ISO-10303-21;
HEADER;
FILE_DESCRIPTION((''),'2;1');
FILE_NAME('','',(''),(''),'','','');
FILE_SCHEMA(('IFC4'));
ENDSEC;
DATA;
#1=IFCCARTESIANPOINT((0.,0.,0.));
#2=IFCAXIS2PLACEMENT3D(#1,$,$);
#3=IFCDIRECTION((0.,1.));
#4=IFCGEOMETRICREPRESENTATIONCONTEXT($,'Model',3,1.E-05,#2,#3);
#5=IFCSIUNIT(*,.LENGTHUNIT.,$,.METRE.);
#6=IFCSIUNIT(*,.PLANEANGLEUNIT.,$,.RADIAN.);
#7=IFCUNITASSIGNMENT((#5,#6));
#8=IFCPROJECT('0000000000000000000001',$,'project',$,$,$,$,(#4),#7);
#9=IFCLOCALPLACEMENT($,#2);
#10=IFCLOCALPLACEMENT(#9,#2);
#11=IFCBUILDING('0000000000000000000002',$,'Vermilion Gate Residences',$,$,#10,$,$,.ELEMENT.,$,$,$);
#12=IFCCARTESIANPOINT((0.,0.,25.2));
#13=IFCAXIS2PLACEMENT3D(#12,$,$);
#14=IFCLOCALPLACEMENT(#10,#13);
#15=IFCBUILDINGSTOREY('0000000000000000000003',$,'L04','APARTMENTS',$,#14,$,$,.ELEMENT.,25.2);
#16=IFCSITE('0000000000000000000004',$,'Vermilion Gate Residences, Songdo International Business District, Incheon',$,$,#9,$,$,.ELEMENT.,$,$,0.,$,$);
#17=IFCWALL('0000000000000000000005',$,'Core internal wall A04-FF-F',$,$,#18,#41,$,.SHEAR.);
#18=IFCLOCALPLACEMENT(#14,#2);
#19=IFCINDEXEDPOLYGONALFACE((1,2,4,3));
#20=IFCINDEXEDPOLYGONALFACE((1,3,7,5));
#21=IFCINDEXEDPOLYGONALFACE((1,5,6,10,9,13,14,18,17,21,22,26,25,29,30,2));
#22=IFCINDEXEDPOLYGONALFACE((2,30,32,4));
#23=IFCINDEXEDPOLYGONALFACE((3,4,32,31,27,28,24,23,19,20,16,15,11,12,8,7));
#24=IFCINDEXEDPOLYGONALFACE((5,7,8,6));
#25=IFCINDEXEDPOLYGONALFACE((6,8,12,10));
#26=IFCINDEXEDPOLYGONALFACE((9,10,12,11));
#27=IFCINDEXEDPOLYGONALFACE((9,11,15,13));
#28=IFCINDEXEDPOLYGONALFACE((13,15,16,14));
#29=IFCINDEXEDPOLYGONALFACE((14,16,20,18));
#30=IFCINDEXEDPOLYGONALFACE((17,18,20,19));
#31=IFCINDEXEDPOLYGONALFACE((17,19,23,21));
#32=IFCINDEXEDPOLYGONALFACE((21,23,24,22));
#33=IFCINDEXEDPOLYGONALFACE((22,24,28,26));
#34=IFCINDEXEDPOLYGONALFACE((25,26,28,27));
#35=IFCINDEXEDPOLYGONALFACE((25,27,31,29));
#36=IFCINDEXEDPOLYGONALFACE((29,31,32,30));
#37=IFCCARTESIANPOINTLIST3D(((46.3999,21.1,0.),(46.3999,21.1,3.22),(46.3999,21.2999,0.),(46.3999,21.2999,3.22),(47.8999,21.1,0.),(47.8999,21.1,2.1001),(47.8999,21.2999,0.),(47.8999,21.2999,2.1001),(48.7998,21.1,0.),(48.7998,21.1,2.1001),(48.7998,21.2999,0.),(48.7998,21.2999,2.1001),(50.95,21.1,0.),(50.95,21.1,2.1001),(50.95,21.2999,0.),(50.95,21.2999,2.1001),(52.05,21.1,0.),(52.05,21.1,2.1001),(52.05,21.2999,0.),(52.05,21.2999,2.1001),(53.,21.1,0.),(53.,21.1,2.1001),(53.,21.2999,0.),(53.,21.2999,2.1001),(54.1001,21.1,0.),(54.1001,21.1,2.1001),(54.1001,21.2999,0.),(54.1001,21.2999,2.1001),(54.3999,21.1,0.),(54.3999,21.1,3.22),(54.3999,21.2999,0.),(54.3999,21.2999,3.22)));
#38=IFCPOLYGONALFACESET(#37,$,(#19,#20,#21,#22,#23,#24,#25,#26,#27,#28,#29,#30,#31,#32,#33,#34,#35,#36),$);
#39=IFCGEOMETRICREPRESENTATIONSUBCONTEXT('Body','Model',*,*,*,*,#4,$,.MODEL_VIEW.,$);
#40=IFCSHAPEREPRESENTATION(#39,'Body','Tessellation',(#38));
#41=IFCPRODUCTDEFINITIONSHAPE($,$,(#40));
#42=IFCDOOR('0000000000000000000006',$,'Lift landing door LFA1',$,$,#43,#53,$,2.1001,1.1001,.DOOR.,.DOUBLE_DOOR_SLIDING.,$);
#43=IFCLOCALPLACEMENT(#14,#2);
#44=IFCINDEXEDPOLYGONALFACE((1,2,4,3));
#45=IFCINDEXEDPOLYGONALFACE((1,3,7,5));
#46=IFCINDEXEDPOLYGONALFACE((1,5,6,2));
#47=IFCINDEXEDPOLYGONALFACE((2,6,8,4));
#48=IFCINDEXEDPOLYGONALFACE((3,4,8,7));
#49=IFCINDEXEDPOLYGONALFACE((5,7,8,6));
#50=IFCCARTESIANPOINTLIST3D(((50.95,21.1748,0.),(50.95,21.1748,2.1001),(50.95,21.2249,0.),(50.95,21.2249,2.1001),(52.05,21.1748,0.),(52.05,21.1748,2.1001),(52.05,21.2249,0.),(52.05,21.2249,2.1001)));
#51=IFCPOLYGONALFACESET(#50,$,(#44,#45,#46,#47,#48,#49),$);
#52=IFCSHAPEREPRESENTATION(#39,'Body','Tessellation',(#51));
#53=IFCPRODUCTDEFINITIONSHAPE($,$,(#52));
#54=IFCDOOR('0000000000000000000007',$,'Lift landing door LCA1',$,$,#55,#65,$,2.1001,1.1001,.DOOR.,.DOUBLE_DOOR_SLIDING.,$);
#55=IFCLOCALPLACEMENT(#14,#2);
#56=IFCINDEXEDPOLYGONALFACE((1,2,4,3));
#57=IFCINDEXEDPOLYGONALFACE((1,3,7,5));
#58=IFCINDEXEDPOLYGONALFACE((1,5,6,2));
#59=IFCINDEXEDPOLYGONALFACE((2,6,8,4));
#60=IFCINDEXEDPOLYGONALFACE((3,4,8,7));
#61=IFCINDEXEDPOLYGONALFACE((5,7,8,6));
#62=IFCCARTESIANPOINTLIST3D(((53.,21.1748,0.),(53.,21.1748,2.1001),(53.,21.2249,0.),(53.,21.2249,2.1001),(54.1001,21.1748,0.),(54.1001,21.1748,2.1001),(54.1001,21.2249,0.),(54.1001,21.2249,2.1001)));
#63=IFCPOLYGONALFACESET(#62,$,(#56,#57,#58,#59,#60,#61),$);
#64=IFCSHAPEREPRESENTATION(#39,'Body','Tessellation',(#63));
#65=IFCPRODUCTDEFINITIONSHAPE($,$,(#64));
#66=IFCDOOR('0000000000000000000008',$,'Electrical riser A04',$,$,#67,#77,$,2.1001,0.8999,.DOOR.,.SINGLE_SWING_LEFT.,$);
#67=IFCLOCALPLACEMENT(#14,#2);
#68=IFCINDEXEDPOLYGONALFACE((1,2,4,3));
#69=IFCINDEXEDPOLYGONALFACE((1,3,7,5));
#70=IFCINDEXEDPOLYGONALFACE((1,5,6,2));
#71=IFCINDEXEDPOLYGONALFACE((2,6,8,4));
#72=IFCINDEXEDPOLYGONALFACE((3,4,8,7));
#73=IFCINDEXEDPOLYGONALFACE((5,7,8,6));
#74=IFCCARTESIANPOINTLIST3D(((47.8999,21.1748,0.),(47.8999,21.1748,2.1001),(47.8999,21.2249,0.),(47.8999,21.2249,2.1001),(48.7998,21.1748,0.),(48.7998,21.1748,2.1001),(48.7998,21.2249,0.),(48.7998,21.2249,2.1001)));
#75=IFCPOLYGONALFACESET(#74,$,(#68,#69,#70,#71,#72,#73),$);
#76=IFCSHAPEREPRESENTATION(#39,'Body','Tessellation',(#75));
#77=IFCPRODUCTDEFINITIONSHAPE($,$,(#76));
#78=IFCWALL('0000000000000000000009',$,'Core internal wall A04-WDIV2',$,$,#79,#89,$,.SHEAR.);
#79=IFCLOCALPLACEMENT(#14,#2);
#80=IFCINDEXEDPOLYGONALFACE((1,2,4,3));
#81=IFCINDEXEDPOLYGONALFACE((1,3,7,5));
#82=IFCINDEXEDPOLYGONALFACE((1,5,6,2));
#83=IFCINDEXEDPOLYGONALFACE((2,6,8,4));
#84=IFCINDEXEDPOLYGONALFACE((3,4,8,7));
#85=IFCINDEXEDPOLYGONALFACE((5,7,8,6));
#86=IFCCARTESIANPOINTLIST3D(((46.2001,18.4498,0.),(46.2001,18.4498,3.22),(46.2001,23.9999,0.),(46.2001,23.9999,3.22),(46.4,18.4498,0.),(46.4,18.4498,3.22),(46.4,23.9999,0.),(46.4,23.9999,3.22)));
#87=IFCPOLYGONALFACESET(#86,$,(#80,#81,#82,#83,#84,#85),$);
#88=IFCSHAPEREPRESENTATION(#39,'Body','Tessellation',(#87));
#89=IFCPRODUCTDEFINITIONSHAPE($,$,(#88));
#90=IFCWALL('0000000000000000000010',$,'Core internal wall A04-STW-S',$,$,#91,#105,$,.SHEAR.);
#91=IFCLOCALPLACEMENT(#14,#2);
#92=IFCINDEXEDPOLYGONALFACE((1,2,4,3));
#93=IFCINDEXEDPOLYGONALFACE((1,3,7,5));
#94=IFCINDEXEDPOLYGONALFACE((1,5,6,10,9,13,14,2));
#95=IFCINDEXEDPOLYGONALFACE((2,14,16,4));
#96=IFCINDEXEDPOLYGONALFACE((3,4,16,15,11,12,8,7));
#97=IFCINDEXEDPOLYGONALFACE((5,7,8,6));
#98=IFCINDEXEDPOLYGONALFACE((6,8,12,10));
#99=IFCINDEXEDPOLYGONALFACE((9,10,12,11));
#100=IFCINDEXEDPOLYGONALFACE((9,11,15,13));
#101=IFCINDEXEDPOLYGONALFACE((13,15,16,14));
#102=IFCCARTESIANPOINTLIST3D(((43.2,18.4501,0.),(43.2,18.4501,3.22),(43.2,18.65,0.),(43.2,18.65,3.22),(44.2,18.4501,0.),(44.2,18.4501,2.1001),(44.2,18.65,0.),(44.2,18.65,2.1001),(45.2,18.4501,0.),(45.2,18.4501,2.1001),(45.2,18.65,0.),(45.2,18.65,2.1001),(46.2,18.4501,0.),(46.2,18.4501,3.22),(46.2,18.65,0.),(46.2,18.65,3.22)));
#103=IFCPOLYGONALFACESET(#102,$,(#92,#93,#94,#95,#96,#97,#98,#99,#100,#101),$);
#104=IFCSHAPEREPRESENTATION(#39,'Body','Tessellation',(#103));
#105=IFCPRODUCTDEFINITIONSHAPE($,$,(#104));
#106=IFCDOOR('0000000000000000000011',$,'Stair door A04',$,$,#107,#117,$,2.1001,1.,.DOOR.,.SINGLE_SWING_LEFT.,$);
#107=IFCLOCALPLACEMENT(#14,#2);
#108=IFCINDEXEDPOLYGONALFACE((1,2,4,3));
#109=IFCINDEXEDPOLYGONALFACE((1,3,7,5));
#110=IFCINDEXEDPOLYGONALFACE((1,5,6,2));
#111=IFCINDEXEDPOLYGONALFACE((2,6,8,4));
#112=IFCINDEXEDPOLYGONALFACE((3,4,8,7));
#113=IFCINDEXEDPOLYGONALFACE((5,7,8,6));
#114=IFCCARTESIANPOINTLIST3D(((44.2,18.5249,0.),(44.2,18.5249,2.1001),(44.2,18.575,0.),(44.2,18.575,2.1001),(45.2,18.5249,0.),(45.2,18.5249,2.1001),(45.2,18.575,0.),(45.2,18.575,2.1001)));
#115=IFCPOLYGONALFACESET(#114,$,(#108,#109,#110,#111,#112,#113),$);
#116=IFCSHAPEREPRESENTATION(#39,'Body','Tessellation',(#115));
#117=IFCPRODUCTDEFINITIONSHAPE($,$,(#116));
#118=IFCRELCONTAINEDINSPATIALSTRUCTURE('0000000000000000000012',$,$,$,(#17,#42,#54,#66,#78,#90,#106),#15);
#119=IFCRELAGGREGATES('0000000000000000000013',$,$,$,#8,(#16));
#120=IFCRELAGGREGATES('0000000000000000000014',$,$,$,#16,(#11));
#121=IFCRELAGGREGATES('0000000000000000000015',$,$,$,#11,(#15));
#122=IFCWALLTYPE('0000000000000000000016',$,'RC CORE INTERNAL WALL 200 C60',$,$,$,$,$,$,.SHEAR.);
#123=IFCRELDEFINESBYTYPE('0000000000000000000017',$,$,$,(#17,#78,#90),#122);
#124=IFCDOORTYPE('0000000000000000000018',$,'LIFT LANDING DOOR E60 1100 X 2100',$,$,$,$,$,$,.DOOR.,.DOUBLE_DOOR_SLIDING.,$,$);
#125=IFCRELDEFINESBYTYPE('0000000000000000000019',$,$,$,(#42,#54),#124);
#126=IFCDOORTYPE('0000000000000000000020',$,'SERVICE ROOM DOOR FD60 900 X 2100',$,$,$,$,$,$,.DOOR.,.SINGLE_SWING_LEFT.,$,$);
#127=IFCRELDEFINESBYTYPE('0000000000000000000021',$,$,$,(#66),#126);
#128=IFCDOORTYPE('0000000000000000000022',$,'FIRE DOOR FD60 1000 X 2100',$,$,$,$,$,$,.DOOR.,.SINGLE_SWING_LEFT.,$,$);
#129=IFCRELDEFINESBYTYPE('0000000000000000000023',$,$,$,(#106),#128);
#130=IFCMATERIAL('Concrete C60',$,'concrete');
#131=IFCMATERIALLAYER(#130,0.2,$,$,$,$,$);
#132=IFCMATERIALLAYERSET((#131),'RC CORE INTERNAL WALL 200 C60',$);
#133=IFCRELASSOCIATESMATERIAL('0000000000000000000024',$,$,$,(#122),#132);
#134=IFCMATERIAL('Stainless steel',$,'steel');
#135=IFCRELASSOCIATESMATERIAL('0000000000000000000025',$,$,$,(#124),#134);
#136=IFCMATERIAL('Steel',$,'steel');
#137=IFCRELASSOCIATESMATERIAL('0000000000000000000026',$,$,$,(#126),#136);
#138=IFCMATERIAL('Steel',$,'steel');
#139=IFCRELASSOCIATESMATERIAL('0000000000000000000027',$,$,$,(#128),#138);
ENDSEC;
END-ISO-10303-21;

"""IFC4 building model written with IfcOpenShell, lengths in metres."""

from ifc_helpers import new_model, si_unit, direction, frame, frame_2d, origin, place, context, subcontext, project, spatial, rectangle, extrude, material, layer, layer_set, type_object, element, fill, save


model = new_model("IFC4")

# Units and contexts
model_context = context("Model", 3, precision=1e-05, world=origin(), true_north=direction((0.0, 1.0)))
body_context = subcontext(model_context, "Body", "Model", "MODEL_VIEW")
ifc_project = project(units=[si_unit("LENGTHUNIT", "METRE"), si_unit("PLANEANGLEUNIT", "RADIAN")], contexts=[model_context])

# Site, building, storey
site_placement = place(None, origin())
site = spatial("IfcSite", under=ifc_project, at=site_placement, Name="Vermilion Gate Residences, Songdo International Business District, Incheon", CompositionType="ELEMENT", RefElevation=0.0)
building_placement = place(site_placement, origin())
building = spatial("IfcBuilding", under=site, at=building_placement, Name="Vermilion Gate Residences", CompositionType="ELEMENT")
storey_placement = place(building_placement, frame((0.0, 0.0, 25.2)))
storey = spatial("IfcBuildingStorey", under=building, at=storey_placement, Name="L04", Description="APARTMENTS", CompositionType="ELEMENT", Elevation=25.2)

# Shared definitions
ifc_material_1 = material(Name="Concrete C60", Category="concrete")
ifc_layer_1 = layer(ifc_material_1, 0.2)
ifc_layer_set_1 = layer_set([ifc_layer_1], Name="RC CORE INTERNAL WALL 200 C60")
wall_type_1 = type_object("IfcWallType", Name="RC CORE INTERNAL WALL 200 C60", PredefinedType="SHEAR", material=ifc_layer_set_1)

# Wall, openings, doors
wall_1_placement = place(storey_placement, frame((46.3999, 21.2, 0.0), z_axis=(0.0, 0.0, 1.0), x_axis=(1.0, 0.0, 0.0)))
wall_1 = element("IfcWall", 1, at=wall_1_placement, inside=storey, type_object=wall_type_1, Name="Core internal wall A04-FF-F", PredefinedType="SHEAR", context=body_context, shape_type="SweptSolid", body=[
    extrude(rectangle(XDim=8.0, YDim=0.2, at=frame_2d((4.0, 0.0))), origin(), (0.0, 0.0, 1.0), 3.22),
])
opening_1_placement = place(wall_1_placement, frame((1.5, 0.0, 0.0)))
opening_1 = element("IfcOpeningElement", 2, at=opening_1_placement, cuts=wall_1, PredefinedType="OPENING", context=body_context, shape_type="SweptSolid", body=[
    extrude(rectangle(XDim=0.8999, YDim=2.1001, at=frame_2d((0.45, 1.05))), frame((0.0, 0.1099, 0.0), z_axis=(0.0, -1.0, 0.0), x_axis=(1.0, 0.0, 0.0)), (0.0, 0.0, 1.0), 0.22),
])
opening_2_placement = place(wall_1_placement, frame((4.55, 0.0, 0.0)))
opening_2 = element("IfcOpeningElement", 3, at=opening_2_placement, cuts=wall_1, PredefinedType="OPENING", context=body_context, shape_type="SweptSolid", body=[
    extrude(rectangle(XDim=1.1001, YDim=2.1001, at=frame_2d((0.55, 1.05))), frame((0.0, 0.1099, 0.0), z_axis=(0.0, -1.0, 0.0), x_axis=(1.0, 0.0, 0.0)), (0.0, 0.0, 1.0), 0.22),
])
opening_3_placement = place(wall_1_placement, frame((6.6001, 0.0, 0.0)))
opening_3 = element("IfcOpeningElement", 4, at=opening_3_placement, cuts=wall_1, PredefinedType="OPENING", context=body_context, shape_type="SweptSolid", body=[
    extrude(rectangle(XDim=1.1001, YDim=2.1001, at=frame_2d((0.55, 1.05))), frame((0.0, 0.1099, 0.0), z_axis=(0.0, -1.0, 0.0), x_axis=(1.0, 0.0, 0.0)), (0.0, 0.0, 1.0), 0.22),
])
ifc_material_2 = material(Name="Stainless steel", Category="steel")
door_type_1 = type_object("IfcDoorType", Name="LIFT LANDING DOOR E60 1100 X 2100", OperationType="DOUBLE_DOOR_SLIDING", PredefinedType="DOOR", material=ifc_material_2)
door_1_placement = place(opening_2_placement, origin())
door_1 = element("IfcDoor", 5, at=door_1_placement, inside=storey, type_object=door_type_1, Name="Lift landing door LFA1", OperationType="DOUBLE_DOOR_SLIDING", OverallHeight=2.1001, OverallWidth=1.1001, PredefinedType="DOOR", context=body_context, shape_type="SweptSolid", body=[
    extrude(rectangle(XDim=1.1001, YDim=2.1001, at=frame_2d((0.55, 1.05))), frame((0.0, 0.0249, 0.0), z_axis=(0.0, -1.0, 0.0), x_axis=(1.0, 0.0, 0.0)), (0.0, 0.0, 1.0), 0.05),
])
fill(opening_2, door_1)
door_2_placement = place(opening_3_placement, origin())
door_2 = element("IfcDoor", 6, at=door_2_placement, inside=storey, type_object=door_type_1, Name="Lift landing door LCA1", OperationType="DOUBLE_DOOR_SLIDING", OverallHeight=2.1001, OverallWidth=1.1001, PredefinedType="DOOR", context=body_context, shape_type="SweptSolid", body=[
    extrude(rectangle(XDim=1.1001, YDim=2.1001, at=frame_2d((0.55, 1.05))), frame((0.0, 0.0249, 0.0), z_axis=(0.0, -1.0, 0.0), x_axis=(1.0, 0.0, 0.0)), (0.0, 0.0, 1.0), 0.05),
])
fill(opening_3, door_2)
ifc_material_3 = material(Name="Steel", Category="steel")
door_type_2 = type_object("IfcDoorType", Name="SERVICE ROOM DOOR FD60 900 X 2100", OperationType="SINGLE_SWING_LEFT", PredefinedType="DOOR", material=ifc_material_3)
door_3_placement = place(opening_1_placement, origin())
door_3 = element("IfcDoor", 7, at=door_3_placement, inside=storey, type_object=door_type_2, Name="Electrical riser A04", OperationType="SINGLE_SWING_LEFT", OverallHeight=2.1001, OverallWidth=0.8999, PredefinedType="DOOR", context=body_context, shape_type="SweptSolid", body=[
    extrude(rectangle(XDim=0.8999, YDim=2.1001, at=frame_2d((0.45, 1.05))), frame((0.0, 0.0249, 0.0), z_axis=(0.0, -1.0, 0.0), x_axis=(1.0, 0.0, 0.0)), (0.0, 0.0, 1.0), 0.05),
])
fill(opening_1, door_3)

# Wall
wall_2_placement = place(storey_placement, frame((46.3, 18.45, 0.0), z_axis=(0.0, 0.0, 1.0), x_axis=(0.0, 1.0, 0.0)))
element("IfcWall", 8, at=wall_2_placement, inside=storey, type_object=wall_type_1, Name="Core internal wall A04-WDIV2", PredefinedType="SHEAR", context=body_context, shape_type="SweptSolid", body=[
    extrude(rectangle(XDim=5.55, YDim=0.2, at=frame_2d((2.7749, 0.0))), origin(), (0.0, 0.0, 1.0), 3.22),
])

# Wall, opening, door
wall_3_placement = place(storey_placement, frame((43.2, 18.55, 0.0), z_axis=(0.0, 0.0, 1.0), x_axis=(1.0, 0.0, 0.0)))
wall_3 = element("IfcWall", 9, at=wall_3_placement, inside=storey, type_object=wall_type_1, Name="Core internal wall A04-STW-S", PredefinedType="SHEAR", context=body_context, shape_type="SweptSolid", body=[
    extrude(rectangle(XDim=3.0, YDim=0.2, at=frame_2d((1.5, 0.0))), origin(), (0.0, 0.0, 1.0), 3.22),
])
opening_4_placement = place(wall_3_placement, frame((1.0, 0.0, 0.0)))
opening_4 = element("IfcOpeningElement", 10, at=opening_4_placement, cuts=wall_3, PredefinedType="OPENING", context=body_context, shape_type="SweptSolid", body=[
    extrude(rectangle(XDim=1.0, YDim=2.1001, at=frame_2d((0.5, 1.05))), frame((0.0, 0.1099, 0.0), z_axis=(0.0, -1.0, 0.0), x_axis=(1.0, 0.0, 0.0)), (0.0, 0.0, 1.0), 0.22),
])
ifc_material_4 = material(Name="Steel", Category="steel")
door_type_3 = type_object("IfcDoorType", Name="FIRE DOOR FD60 1000 X 2100", OperationType="SINGLE_SWING_LEFT", PredefinedType="DOOR", material=ifc_material_4)
door_4_placement = place(opening_4_placement, origin())
door_4 = element("IfcDoor", 11, at=door_4_placement, inside=storey, type_object=door_type_3, Name="Stair door A04", OperationType="SINGLE_SWING_LEFT", OverallHeight=2.1001, OverallWidth=1.0, PredefinedType="DOOR", context=body_context, shape_type="SweptSolid", body=[
    extrude(rectangle(XDim=1.0, YDim=2.1001, at=frame_2d((0.5, 1.05))), frame((0.0, 0.0249, 0.0), z_axis=(0.0, -1.0, 0.0), x_axis=(1.0, 0.0, 0.0)), (0.0, 0.0, 1.0), 0.05),
])
fill(opening_4, door_4)

save(model, "model.ifc")
